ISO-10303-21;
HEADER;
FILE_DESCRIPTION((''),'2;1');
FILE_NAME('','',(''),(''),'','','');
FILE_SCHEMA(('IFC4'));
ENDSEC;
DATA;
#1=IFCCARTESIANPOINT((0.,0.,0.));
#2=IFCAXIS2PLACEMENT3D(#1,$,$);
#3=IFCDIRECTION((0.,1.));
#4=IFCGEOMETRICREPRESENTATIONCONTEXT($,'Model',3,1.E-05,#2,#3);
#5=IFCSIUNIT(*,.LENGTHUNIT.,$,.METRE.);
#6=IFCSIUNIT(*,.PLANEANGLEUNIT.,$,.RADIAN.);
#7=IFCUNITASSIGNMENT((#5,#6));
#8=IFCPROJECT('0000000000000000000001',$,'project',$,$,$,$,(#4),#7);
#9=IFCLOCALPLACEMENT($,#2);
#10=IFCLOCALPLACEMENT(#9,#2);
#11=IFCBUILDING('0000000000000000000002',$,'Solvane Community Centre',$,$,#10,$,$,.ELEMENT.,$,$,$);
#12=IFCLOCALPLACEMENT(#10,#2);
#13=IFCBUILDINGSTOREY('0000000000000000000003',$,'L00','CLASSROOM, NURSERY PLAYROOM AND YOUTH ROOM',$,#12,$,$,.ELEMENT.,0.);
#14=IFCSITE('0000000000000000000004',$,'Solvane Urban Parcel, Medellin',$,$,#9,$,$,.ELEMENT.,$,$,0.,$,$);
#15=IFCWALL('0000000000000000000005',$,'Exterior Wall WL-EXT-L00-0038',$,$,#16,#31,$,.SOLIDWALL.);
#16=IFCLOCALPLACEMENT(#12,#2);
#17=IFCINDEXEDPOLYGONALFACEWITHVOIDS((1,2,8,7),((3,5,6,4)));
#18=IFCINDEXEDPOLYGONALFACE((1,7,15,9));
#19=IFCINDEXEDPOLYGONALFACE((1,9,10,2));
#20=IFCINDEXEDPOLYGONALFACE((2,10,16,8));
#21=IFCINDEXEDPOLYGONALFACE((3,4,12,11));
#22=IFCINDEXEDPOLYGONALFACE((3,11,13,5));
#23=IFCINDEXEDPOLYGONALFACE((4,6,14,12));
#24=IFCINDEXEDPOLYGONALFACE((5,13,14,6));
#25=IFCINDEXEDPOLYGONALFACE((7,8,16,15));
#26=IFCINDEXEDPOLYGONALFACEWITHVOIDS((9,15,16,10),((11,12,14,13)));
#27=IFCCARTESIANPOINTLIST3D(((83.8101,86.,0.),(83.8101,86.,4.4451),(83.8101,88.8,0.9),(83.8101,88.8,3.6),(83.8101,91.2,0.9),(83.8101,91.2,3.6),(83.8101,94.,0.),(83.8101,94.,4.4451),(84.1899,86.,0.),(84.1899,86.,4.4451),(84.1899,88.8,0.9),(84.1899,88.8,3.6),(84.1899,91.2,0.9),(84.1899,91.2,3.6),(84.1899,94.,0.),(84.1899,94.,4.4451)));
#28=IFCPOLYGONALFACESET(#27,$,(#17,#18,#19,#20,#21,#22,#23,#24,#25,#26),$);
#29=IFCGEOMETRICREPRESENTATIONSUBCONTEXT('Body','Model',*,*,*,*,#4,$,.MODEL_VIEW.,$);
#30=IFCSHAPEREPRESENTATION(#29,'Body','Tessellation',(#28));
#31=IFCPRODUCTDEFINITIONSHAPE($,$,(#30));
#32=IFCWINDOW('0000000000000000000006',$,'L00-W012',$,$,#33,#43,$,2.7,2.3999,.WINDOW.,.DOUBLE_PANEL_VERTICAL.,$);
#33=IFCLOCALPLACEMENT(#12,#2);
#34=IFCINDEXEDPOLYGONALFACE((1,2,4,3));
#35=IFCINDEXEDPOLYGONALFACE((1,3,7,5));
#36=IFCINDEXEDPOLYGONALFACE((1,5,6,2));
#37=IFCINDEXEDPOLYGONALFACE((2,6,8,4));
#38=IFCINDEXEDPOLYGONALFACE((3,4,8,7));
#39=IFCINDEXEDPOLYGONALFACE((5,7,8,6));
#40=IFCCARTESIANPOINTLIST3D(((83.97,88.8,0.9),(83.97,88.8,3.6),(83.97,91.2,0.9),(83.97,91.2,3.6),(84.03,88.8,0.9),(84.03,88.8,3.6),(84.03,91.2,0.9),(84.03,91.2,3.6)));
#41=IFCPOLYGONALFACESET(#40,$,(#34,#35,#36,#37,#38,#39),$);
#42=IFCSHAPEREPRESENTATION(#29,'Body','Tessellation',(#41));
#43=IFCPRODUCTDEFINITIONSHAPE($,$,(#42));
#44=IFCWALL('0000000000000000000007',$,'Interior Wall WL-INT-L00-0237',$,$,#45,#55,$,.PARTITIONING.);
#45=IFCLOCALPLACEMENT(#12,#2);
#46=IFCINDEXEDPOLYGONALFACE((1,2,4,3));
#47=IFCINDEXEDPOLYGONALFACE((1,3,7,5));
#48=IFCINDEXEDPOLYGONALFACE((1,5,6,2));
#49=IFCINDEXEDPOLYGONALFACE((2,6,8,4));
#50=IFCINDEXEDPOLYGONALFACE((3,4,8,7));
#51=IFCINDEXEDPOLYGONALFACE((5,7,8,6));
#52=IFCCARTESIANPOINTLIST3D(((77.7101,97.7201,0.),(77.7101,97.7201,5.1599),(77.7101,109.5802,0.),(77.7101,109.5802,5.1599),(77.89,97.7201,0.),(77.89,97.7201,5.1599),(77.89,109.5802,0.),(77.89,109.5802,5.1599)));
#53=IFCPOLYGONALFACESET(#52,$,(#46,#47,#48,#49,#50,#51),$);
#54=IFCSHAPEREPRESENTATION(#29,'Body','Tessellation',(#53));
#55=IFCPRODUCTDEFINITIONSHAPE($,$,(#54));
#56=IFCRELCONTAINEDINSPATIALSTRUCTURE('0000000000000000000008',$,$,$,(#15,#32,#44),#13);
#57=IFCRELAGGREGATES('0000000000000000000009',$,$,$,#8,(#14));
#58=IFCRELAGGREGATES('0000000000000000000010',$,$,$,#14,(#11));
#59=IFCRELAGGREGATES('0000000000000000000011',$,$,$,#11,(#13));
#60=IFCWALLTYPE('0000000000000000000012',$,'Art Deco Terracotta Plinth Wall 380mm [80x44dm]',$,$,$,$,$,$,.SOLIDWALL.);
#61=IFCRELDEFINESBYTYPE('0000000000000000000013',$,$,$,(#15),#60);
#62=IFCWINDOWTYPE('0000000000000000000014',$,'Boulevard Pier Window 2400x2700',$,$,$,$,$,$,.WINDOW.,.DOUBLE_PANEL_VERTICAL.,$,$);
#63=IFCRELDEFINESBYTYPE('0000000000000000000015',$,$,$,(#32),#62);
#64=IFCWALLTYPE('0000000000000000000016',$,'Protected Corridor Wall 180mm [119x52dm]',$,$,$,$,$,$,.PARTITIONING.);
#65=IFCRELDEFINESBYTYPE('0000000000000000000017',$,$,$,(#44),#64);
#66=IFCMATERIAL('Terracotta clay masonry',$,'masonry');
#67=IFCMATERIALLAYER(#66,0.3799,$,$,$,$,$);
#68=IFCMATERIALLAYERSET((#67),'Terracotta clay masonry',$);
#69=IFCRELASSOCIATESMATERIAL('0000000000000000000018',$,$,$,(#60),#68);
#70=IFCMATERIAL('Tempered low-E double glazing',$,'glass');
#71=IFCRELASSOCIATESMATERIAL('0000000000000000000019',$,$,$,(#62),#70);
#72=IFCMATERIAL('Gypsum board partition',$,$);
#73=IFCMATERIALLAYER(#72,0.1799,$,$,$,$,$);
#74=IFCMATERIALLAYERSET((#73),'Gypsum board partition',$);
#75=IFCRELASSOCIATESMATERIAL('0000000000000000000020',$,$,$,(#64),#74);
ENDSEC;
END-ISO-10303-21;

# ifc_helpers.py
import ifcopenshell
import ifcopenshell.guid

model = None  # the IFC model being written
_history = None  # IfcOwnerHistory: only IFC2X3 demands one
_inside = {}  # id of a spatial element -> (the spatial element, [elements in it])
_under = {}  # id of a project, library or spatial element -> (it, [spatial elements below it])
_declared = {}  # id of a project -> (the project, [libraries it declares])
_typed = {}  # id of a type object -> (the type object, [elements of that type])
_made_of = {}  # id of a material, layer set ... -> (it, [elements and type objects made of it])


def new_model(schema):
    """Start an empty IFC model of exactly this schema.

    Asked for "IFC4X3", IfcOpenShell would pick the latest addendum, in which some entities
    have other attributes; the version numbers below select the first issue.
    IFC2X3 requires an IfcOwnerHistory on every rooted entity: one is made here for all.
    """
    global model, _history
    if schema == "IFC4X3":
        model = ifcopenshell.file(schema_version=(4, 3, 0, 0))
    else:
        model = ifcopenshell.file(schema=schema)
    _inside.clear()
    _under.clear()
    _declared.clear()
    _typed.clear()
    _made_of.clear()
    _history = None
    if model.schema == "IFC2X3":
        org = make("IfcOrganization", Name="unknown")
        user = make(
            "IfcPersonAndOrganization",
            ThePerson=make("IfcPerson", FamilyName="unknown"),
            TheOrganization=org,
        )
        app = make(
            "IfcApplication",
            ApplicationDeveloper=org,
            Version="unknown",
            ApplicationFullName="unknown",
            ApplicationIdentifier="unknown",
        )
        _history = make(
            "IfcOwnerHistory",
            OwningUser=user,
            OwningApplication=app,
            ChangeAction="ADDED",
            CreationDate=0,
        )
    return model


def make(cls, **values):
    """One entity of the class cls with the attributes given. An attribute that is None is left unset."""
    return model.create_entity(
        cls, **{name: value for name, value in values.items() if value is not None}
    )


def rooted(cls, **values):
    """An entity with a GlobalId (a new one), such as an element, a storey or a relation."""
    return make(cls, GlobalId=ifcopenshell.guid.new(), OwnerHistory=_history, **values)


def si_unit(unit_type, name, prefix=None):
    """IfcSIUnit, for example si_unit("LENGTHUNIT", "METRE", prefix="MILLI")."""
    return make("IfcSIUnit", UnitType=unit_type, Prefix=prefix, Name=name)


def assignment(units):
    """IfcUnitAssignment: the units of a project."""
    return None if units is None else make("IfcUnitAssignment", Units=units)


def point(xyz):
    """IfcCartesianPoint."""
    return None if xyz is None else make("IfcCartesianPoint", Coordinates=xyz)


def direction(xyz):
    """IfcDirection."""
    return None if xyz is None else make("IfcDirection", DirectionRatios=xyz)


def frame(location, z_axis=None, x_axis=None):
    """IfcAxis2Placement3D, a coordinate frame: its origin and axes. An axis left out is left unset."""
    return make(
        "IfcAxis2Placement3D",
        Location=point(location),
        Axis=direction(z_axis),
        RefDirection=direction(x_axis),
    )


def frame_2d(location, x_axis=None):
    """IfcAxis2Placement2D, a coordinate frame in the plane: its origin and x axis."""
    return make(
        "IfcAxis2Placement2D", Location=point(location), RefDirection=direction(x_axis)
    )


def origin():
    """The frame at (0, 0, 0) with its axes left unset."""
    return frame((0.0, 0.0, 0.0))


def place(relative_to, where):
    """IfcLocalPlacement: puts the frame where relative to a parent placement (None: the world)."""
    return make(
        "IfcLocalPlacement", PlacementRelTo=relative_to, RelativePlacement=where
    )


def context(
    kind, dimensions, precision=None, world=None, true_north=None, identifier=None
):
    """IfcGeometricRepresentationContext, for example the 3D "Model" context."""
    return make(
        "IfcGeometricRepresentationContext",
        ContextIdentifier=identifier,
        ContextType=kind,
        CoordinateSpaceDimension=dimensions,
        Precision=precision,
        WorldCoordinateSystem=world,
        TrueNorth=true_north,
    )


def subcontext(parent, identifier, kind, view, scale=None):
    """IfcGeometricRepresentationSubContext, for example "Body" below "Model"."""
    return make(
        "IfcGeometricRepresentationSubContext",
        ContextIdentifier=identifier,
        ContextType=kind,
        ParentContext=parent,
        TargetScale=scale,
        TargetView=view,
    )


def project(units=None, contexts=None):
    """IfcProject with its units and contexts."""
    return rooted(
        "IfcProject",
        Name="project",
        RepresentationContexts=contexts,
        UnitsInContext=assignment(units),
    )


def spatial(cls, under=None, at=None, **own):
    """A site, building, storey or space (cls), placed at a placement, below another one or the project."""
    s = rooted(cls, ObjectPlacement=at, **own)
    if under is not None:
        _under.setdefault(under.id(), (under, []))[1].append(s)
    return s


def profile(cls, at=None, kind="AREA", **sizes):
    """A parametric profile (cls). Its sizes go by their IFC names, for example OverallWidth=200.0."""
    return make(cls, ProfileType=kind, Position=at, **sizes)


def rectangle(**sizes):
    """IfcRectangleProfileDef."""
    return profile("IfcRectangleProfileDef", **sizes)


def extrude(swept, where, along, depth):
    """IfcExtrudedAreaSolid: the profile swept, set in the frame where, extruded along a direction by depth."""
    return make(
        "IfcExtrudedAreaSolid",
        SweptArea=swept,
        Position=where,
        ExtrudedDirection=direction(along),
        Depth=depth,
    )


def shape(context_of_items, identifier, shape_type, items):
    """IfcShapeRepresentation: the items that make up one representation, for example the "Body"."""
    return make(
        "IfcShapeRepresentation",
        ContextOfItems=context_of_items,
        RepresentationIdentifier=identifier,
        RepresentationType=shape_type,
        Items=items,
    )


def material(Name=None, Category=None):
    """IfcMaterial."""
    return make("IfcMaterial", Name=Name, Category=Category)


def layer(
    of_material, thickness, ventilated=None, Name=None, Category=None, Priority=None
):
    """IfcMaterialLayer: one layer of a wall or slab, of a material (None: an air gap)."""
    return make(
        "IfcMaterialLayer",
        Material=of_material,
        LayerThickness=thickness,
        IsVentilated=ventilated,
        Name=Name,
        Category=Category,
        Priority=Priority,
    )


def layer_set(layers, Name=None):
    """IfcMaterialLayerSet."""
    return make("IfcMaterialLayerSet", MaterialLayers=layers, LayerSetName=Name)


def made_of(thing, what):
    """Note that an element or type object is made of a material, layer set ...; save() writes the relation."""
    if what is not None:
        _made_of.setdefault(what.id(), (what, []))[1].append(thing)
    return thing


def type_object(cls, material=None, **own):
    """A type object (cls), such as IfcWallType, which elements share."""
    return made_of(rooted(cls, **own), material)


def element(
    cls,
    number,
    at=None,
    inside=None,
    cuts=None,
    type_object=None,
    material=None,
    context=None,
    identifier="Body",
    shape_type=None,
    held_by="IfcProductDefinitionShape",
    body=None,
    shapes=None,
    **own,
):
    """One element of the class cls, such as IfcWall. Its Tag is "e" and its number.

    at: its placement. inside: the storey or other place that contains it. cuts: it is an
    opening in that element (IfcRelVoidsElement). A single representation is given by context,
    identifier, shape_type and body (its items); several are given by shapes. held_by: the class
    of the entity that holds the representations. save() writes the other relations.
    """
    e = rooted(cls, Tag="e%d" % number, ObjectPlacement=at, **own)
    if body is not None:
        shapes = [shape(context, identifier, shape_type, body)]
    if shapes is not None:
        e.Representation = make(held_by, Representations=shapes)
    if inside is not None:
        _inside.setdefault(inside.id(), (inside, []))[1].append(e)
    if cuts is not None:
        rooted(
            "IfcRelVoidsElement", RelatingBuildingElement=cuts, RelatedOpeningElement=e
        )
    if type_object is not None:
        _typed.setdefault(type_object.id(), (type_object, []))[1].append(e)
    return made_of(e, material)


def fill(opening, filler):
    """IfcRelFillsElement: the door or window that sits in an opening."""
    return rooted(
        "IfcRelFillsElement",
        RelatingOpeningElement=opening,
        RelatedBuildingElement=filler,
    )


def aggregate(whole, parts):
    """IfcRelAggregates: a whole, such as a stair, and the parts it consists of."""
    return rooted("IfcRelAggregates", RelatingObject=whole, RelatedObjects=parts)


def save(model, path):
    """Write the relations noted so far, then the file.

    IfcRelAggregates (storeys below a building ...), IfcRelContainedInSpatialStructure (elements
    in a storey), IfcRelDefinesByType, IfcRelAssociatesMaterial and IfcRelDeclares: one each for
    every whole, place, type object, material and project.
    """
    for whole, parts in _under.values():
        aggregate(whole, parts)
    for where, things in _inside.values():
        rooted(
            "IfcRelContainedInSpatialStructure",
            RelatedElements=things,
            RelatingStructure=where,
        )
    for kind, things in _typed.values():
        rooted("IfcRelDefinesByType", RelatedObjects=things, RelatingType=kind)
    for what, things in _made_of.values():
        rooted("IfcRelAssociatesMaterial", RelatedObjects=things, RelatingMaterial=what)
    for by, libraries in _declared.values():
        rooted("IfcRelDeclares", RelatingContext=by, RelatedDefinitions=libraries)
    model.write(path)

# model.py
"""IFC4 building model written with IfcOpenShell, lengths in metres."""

from ifc_helpers import new_model, si_unit, direction, frame, frame_2d, origin, place, context, subcontext, project, spatial, rectangle, extrude, material, layer, layer_set, type_object, element, fill, save


model = new_model("IFC4")

# Units and contexts
model_context = context("Model", 3, precision=1e-05, world=origin(), true_north=direction((0.0, 1.0)))
body_context = subcontext(model_context, "Body", "Model", "MODEL_VIEW")
ifc_project = project(units=[si_unit("LENGTHUNIT", "METRE"), si_unit("PLANEANGLEUNIT", "RADIAN")], contexts=[model_context])

# Site, building, storey
site_placement = place(None, origin())
site = spatial("IfcSite", under=ifc_project, at=site_placement, Name="Solvane Urban Parcel, Medellin", CompositionType="ELEMENT", RefElevation=0.0)
building_placement = place(site_placement, origin())
building = spatial("IfcBuilding", under=site, at=building_placement, Name="Solvane Community Centre", CompositionType="ELEMENT")
storey_placement = place(building_placement, origin())
storey = spatial("IfcBuildingStorey", under=building, at=storey_placement, Name="L00", Description="CLASSROOM, NURSERY PLAYROOM AND YOUTH ROOM", CompositionType="ELEMENT", Elevation=0.0)

# Shared definitions
ifc_material_1 = material(Name="Tempered low-E double glazing", Category="glass")

# Shared definitions
ifc_material_2 = material(Name="Terracotta clay masonry", Category="masonry")
ifc_layer_1 = layer(ifc_material_2, 0.3799)
ifc_layer_set_1 = layer_set([ifc_layer_1], Name="Terracotta clay masonry")
wall_type_1 = type_object("IfcWallType", Name="Art Deco Terracotta Plinth Wall 380mm [80x44dm]", PredefinedType="SOLIDWALL", material=ifc_layer_set_1)

# Wall, opening, window
wall_1_placement = place(storey_placement, frame((84.0, 94.0, 0.0), z_axis=(0.0, 0.0, 1.0), x_axis=(0.0, -1.0, 0.0)))
wall_1 = element("IfcWall", 1, at=wall_1_placement, inside=storey, type_object=wall_type_1, Name="Exterior Wall WL-EXT-L00-0038", PredefinedType="SOLIDWALL", context=body_context, shape_type="SweptSolid", body=[
    extrude(rectangle(XDim=8.0, YDim=0.3799, at=frame_2d((4.0, 0.0))), origin(), (0.0, 0.0, 1.0), 4.4451),
])
opening_1_placement = place(wall_1_placement, frame((2.8, 0.0, 0.8999)))
opening_1 = element("IfcOpeningElement", 2, at=opening_1_placement, cuts=wall_1, PredefinedType="OPENING", context=body_context, shape_type="SweptSolid", body=[
    extrude(rectangle(XDim=2.3999, YDim=2.7, at=frame_2d((1.2, 1.3501))), frame((0.0, 0.2, 0.0), z_axis=(0.0, -1.0, 0.0), x_axis=(1.0, 0.0, 0.0)), (0.0, 0.0, 1.0), 0.3999),
])
window_type = type_object("IfcWindowType", Name="Boulevard Pier Window 2400x2700", PartitioningType="DOUBLE_PANEL_VERTICAL", PredefinedType="WINDOW", material=ifc_material_1)
window_placement = place(opening_1_placement, origin())
window = element("IfcWindow", 3, at=window_placement, inside=storey, type_object=window_type, Name="L00-W012", OverallHeight=2.7, OverallWidth=2.3999, PartitioningType="DOUBLE_PANEL_VERTICAL", PredefinedType="WINDOW", context=body_context, shape_type="SweptSolid", body=[
    extrude(rectangle(XDim=2.3999, YDim=2.7, at=frame_2d((1.2, 1.3501))), frame((0.0, 0.03, 0.0), z_axis=(0.0, -1.0, 0.0), x_axis=(1.0, 0.0, 0.0)), (0.0, 0.0, 1.0), 0.0601),
])
fill(opening_1, window)

# Wall
ifc_material_3 = material(Name="Gypsum board partition")
ifc_layer_2 = layer(ifc_material_3, 0.1799)
ifc_layer_set_2 = layer_set([ifc_layer_2], Name="Gypsum board partition")
wall_type_2 = type_object("IfcWallType", Name="Protected Corridor Wall 180mm [119x52dm]", PredefinedType="PARTITIONING", material=ifc_layer_set_2)
wall_2_placement = place(storey_placement, frame((77.8, 97.72, 0.0), z_axis=(0.0, 0.0, 1.0), x_axis=(0.0, 1.0, 0.0)))
element("IfcWall", 4, at=wall_2_placement, inside=storey, type_object=wall_type_2, Name="Interior Wall WL-INT-L00-0237", PredefinedType="PARTITIONING", context=body_context, shape_type="SweptSolid", body=[
    extrude(rectangle(XDim=11.8601, YDim=0.1799, at=frame_2d((5.9302, 0.0))), origin(), (0.0, 0.0, 1.0), 5.1599),
])

save(model, "model.ifc")
